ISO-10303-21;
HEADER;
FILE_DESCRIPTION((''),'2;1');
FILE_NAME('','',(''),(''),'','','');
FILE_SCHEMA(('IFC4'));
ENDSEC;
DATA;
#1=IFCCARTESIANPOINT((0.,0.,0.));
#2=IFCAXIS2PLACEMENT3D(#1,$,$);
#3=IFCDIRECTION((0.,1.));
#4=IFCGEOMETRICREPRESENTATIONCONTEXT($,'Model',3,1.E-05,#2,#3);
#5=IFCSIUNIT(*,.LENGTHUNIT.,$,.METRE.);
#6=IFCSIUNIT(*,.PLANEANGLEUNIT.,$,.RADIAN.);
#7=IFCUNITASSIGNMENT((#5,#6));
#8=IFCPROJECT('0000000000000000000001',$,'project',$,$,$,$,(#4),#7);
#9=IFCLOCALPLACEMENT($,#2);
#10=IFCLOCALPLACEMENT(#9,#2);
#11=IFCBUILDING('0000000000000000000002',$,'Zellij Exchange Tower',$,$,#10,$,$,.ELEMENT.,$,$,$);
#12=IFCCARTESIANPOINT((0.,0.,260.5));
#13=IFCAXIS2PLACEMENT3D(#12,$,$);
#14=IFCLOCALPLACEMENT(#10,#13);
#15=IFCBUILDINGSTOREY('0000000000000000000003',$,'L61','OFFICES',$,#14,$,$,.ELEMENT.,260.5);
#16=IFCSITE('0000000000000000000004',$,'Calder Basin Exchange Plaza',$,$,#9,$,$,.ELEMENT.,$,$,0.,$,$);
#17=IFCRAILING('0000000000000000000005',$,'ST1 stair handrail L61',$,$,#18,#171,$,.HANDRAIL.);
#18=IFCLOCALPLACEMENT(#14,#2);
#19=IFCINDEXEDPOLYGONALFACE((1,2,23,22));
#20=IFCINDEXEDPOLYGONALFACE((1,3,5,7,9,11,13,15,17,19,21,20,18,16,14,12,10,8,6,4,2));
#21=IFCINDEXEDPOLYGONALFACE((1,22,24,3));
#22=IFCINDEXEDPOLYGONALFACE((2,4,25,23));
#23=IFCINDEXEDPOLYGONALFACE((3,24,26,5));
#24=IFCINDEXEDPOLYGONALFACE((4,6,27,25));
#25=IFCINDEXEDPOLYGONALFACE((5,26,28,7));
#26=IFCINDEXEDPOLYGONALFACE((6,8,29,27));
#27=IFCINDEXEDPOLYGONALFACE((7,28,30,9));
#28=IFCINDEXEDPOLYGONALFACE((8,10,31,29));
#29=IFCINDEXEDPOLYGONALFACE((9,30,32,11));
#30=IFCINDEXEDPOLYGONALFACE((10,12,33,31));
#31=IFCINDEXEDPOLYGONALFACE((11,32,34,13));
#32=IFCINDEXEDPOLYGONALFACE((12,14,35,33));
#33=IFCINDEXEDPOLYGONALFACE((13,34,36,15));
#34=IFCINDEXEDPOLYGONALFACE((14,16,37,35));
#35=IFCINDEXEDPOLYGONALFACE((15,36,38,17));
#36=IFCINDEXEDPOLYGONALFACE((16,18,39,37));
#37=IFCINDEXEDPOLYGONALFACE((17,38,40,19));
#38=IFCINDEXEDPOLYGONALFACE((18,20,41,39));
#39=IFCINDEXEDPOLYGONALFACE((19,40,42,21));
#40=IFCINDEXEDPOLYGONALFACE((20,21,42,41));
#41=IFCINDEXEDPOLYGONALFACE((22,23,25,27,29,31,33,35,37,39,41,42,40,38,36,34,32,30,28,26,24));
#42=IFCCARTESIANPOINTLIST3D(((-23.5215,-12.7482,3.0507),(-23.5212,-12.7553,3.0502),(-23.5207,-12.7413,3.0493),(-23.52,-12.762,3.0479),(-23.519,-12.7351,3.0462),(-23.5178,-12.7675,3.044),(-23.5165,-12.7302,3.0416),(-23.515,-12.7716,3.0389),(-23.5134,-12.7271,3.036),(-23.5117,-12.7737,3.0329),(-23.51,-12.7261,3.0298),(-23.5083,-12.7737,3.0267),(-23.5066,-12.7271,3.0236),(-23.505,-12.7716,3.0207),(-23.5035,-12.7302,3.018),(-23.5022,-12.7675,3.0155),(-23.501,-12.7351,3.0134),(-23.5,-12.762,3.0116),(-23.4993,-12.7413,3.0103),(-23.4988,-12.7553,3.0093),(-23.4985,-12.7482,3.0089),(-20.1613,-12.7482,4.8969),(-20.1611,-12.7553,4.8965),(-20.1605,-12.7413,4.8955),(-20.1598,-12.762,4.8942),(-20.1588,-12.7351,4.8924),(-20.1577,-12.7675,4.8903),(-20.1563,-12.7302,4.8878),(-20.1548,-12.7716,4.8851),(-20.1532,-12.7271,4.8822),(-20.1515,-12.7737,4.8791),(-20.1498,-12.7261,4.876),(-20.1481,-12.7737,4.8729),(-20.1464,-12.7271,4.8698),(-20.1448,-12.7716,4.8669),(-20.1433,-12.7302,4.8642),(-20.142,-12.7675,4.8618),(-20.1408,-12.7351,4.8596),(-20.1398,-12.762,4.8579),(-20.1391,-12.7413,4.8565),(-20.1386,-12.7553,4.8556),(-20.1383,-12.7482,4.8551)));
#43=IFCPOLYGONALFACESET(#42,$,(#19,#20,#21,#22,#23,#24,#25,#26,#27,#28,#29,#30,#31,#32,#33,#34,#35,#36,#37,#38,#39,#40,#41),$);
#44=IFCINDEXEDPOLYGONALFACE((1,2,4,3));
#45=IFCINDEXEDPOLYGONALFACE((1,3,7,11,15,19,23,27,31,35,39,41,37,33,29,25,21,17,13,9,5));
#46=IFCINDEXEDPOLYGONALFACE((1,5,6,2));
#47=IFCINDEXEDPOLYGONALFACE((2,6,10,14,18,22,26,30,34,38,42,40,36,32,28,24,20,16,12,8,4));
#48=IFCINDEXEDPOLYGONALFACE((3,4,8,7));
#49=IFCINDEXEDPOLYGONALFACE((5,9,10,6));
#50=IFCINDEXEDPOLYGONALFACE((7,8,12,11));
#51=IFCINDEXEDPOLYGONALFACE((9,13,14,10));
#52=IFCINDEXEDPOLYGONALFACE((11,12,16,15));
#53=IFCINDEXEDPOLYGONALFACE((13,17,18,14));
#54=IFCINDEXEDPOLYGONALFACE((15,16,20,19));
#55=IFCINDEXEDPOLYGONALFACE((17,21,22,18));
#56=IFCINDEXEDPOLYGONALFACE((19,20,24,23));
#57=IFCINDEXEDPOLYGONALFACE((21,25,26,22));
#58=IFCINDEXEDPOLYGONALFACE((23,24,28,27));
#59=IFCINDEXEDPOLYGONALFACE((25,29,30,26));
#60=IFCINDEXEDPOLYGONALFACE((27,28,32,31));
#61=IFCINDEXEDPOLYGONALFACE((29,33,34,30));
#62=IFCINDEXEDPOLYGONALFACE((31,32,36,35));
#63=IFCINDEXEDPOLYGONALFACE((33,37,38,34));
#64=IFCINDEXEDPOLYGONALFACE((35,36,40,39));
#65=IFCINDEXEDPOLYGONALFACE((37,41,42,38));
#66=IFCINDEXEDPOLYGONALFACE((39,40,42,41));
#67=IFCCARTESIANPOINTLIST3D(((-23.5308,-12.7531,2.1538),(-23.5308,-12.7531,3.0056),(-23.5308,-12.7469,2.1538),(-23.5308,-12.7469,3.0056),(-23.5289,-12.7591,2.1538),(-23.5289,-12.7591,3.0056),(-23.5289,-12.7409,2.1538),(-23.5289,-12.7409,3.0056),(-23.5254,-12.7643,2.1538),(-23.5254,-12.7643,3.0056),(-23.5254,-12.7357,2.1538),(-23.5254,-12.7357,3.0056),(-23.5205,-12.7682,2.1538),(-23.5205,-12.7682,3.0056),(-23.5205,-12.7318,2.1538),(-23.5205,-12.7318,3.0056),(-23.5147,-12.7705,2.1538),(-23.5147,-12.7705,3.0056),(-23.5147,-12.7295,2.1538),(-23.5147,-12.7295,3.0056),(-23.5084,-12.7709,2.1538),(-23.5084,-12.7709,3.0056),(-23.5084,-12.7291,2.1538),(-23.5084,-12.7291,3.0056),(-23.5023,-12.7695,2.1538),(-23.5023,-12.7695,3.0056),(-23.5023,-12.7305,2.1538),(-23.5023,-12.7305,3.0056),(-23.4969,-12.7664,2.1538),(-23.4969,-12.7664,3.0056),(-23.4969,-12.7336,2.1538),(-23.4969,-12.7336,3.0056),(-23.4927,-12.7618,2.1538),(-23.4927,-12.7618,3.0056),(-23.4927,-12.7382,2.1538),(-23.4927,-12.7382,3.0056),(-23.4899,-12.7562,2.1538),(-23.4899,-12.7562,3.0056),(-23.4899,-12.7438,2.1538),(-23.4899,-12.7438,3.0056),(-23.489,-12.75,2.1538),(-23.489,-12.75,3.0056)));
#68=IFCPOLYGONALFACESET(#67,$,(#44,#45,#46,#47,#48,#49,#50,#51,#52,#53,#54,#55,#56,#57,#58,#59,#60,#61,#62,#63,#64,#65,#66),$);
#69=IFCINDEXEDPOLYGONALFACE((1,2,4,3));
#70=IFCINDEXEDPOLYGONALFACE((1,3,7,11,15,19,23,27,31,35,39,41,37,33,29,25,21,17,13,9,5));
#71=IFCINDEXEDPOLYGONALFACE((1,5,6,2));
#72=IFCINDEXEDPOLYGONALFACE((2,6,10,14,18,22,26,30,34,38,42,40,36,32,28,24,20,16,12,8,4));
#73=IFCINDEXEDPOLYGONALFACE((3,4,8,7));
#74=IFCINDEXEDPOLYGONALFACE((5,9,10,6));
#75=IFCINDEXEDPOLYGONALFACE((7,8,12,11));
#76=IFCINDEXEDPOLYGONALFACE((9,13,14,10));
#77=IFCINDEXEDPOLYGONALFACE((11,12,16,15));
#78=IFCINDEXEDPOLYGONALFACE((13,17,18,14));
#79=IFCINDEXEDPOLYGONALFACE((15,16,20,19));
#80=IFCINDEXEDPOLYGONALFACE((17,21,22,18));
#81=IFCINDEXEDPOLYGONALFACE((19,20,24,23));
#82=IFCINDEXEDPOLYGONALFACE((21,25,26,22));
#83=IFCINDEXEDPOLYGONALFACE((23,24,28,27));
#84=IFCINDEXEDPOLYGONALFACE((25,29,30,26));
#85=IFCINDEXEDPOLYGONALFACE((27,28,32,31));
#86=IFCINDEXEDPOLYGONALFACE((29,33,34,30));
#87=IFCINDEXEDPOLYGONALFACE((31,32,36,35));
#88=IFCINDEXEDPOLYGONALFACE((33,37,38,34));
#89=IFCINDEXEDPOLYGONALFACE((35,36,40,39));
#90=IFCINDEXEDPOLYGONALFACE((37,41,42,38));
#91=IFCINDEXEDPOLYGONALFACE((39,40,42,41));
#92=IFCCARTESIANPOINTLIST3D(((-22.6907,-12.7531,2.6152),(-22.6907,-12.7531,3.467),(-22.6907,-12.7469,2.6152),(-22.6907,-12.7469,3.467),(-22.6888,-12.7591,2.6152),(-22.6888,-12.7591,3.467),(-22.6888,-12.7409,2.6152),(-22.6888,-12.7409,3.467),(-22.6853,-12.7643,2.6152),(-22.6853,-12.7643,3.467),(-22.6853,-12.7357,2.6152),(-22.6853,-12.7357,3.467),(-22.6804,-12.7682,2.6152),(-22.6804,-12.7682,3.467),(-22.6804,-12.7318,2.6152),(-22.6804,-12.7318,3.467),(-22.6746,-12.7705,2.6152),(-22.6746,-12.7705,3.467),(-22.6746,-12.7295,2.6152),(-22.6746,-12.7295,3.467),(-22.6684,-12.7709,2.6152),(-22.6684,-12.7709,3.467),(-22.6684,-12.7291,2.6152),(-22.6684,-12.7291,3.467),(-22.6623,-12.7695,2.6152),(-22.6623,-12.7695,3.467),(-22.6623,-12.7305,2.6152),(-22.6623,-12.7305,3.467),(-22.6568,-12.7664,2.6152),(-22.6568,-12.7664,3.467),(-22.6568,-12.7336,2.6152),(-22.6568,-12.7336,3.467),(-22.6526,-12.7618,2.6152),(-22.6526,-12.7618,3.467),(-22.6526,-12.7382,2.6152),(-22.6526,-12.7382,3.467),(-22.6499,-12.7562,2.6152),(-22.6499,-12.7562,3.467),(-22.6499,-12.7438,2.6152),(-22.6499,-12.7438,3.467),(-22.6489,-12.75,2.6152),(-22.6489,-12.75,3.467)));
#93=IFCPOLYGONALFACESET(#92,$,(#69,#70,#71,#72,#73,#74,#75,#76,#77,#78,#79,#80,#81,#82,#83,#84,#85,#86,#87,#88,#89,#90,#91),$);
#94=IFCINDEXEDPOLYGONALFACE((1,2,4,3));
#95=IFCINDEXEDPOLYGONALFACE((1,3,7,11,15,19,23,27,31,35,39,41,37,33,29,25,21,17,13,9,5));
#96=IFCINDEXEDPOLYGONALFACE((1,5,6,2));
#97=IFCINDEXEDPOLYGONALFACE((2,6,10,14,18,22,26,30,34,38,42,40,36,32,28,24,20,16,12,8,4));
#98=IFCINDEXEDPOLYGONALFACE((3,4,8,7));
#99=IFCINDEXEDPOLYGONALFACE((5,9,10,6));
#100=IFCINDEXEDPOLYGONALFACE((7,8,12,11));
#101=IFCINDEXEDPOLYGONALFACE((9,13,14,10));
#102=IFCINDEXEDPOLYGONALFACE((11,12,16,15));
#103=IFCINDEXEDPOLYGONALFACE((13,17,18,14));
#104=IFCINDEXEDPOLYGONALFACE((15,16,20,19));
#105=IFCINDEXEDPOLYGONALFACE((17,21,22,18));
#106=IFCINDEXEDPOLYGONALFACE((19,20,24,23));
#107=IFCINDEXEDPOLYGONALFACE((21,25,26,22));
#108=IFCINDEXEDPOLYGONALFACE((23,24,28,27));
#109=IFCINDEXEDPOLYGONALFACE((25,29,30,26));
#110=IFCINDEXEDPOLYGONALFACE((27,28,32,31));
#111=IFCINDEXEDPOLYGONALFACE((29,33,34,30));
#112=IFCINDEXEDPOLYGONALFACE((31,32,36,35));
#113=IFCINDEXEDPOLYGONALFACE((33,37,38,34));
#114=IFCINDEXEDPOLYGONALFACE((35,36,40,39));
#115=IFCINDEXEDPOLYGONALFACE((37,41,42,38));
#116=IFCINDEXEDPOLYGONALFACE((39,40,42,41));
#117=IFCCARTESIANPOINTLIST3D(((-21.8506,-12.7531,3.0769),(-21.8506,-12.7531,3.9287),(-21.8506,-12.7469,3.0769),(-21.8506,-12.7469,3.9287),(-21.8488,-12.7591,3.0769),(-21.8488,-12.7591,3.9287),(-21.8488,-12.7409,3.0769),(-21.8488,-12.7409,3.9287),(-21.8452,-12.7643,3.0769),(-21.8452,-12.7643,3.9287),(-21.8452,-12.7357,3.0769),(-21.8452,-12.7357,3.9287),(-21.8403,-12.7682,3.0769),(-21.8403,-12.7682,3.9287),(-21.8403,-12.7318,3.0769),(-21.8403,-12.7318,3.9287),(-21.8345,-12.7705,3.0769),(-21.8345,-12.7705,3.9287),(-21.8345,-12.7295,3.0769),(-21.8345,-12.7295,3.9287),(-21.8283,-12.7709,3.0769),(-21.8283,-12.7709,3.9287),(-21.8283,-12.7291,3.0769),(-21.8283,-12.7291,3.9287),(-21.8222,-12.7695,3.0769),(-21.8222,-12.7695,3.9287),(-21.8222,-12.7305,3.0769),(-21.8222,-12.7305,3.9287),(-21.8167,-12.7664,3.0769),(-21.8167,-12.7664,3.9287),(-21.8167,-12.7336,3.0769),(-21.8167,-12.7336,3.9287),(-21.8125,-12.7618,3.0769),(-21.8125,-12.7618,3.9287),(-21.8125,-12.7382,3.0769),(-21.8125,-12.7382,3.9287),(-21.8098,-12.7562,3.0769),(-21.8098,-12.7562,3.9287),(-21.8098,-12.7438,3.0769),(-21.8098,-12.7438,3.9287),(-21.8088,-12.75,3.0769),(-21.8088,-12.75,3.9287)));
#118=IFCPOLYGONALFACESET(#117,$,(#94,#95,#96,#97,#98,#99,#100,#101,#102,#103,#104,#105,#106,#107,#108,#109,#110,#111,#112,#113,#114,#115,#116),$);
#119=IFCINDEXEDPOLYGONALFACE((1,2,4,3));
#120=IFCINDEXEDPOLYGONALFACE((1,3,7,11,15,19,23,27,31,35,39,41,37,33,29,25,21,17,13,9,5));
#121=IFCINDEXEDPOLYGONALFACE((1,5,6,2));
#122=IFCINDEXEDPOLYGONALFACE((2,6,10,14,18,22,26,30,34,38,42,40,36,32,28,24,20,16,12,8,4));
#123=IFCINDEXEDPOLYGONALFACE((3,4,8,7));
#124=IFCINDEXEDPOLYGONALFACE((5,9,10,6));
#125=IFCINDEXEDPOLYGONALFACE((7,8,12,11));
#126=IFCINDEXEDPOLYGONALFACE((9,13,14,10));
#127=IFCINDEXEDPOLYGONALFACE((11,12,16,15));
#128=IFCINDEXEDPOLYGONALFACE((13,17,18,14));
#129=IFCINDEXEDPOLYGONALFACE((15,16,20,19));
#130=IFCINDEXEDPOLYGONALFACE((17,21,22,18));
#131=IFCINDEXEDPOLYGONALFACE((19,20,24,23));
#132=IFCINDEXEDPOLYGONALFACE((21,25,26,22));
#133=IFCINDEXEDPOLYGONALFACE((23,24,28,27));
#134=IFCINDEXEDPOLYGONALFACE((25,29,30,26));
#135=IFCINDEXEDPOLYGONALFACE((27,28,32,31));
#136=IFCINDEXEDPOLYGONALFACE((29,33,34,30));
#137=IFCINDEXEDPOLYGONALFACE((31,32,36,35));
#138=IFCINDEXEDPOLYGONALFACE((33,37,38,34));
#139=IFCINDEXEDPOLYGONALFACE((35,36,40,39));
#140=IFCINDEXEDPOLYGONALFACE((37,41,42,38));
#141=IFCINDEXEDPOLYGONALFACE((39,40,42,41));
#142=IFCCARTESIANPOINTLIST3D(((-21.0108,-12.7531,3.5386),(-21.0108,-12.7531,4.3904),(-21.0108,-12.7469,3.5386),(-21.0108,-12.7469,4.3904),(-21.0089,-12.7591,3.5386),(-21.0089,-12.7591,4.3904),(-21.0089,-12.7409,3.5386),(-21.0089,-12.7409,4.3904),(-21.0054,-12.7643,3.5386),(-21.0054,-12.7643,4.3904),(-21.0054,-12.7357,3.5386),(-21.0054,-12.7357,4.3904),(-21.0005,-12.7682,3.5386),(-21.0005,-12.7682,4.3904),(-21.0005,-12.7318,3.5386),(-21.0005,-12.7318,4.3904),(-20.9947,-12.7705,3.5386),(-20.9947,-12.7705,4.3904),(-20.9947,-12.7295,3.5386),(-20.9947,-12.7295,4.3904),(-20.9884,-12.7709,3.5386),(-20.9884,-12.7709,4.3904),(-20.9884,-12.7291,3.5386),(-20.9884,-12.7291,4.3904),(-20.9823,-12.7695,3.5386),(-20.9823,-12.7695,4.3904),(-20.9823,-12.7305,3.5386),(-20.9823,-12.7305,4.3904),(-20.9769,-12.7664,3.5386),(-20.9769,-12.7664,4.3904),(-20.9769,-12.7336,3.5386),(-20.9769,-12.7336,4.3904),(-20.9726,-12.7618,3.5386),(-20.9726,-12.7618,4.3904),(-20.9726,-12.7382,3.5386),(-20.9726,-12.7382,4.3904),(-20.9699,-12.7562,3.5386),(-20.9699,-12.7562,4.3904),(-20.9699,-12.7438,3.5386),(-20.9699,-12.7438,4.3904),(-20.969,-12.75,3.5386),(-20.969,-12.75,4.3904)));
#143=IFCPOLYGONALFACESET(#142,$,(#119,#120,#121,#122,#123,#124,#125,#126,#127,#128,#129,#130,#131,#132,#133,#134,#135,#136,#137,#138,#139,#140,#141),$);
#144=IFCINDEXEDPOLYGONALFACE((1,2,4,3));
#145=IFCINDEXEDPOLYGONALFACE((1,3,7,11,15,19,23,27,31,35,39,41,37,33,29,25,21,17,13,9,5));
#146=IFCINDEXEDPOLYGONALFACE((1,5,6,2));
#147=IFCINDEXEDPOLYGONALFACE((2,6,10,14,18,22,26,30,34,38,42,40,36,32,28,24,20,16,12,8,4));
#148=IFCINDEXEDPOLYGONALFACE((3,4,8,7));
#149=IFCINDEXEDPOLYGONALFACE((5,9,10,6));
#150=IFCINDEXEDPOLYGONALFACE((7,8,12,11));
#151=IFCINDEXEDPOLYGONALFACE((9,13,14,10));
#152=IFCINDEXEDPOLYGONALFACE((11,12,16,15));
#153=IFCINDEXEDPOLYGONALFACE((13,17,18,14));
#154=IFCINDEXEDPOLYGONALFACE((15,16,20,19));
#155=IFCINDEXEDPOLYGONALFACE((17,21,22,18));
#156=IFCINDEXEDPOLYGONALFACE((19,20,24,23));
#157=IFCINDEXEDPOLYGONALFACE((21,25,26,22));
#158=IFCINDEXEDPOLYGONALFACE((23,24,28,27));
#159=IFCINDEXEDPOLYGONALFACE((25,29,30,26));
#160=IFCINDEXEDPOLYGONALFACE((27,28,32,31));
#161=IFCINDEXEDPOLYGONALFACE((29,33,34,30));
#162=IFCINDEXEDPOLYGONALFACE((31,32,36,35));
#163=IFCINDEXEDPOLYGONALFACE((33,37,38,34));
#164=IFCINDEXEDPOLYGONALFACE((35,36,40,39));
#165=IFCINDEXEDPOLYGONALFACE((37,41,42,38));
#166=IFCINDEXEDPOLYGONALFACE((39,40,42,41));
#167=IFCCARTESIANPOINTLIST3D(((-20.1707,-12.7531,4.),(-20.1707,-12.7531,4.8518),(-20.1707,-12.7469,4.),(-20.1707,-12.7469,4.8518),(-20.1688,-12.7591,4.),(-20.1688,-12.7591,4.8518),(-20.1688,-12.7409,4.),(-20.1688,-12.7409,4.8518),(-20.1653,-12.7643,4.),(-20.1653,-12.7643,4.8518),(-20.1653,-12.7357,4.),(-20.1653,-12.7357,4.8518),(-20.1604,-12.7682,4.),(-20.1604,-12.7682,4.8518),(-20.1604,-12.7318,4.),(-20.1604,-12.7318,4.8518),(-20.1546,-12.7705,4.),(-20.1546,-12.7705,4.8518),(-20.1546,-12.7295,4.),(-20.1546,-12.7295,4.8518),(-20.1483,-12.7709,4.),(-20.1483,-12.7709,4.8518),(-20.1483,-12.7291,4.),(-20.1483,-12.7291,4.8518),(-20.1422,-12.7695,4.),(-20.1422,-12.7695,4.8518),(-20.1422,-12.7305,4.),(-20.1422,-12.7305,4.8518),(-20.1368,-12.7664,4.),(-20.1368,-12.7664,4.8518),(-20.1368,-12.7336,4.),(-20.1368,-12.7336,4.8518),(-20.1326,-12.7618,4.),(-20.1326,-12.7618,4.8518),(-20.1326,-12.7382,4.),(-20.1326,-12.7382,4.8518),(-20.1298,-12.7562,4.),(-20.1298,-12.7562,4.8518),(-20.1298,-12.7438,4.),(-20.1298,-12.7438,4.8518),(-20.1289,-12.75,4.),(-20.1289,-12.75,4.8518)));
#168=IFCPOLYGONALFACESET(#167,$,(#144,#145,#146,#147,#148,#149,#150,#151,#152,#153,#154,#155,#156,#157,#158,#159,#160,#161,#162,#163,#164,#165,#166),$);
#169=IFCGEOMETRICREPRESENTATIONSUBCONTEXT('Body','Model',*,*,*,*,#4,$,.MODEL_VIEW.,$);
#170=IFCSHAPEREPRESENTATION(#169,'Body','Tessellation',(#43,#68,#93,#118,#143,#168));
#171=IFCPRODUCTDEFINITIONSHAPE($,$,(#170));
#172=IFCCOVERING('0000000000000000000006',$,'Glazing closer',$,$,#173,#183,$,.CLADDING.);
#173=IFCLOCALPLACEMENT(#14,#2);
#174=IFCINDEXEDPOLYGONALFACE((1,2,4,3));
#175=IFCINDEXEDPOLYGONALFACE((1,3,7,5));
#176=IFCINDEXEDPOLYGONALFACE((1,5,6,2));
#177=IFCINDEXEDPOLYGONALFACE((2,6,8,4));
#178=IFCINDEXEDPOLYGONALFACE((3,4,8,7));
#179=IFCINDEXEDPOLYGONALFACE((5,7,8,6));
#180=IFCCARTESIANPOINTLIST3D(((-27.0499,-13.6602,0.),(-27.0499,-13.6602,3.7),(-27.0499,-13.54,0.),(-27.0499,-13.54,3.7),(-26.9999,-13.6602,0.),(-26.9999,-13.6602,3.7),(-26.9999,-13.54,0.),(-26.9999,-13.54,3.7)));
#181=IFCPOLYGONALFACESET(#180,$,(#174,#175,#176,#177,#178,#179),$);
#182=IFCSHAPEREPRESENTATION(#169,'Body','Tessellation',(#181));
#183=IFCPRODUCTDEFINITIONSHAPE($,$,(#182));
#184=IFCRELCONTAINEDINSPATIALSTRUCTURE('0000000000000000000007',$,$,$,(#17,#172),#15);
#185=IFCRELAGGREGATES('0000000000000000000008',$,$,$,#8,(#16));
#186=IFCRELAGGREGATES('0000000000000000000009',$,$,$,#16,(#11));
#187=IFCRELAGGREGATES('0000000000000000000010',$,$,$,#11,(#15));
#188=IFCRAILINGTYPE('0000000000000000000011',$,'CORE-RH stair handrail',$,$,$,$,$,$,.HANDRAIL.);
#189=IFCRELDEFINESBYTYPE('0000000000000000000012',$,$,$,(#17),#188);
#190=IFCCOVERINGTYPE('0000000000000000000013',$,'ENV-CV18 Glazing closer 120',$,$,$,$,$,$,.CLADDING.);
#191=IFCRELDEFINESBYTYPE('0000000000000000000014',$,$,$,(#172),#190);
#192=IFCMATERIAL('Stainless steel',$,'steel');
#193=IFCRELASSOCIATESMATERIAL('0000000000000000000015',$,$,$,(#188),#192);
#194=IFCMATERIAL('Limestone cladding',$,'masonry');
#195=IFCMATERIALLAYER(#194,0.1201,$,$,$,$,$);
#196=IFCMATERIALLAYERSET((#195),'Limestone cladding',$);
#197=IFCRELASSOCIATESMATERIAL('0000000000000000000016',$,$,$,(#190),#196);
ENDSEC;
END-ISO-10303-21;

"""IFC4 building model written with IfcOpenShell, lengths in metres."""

from ifc_helpers import new_model, si_unit, direction, frame, origin, origin_2d, place, context, subcontext, project, spatial, rectangle, circle, extrude, material, layer, layer_set, type_object, element, save


model = new_model("IFC4")

# Units and contexts
model_context = context("Model", 3, precision=1e-05, world=origin(), true_north=direction((0.0, 1.0)))
body_context = subcontext(model_context, "Body", "Model", "MODEL_VIEW")
ifc_project = project(units=[si_unit("LENGTHUNIT", "METRE"), si_unit("PLANEANGLEUNIT", "RADIAN")], contexts=[model_context])

# Site, building, storey
site_placement = place(None, origin())
site = spatial("IfcSite", under=ifc_project, at=site_placement, Name="Calder Basin Exchange Plaza", CompositionType="ELEMENT", RefElevation=0.0)
building_placement = place(site_placement, origin())
building = spatial("IfcBuilding", under=site, at=building_placement, Name="Zellij Exchange Tower", CompositionType="ELEMENT")
storey_placement = place(building_placement, frame((0.0, 0.0, 260.5)))
storey = spatial("IfcBuildingStorey", under=building, at=storey_placement, Name="L61", Description="OFFICES", CompositionType="ELEMENT", Elevation=260.5)

# Railing
ifc_material_1 = material(Name="Stainless steel", Category="steel")
railing_type = type_object("IfcRailingType", Name="CORE-RH stair handrail", PredefinedType="HANDRAIL", material=ifc_material_1)
railing_placement = place(storey_placement, frame((-23.51, -12.75, 2.1538)))
element("IfcRailing", 1, at=railing_placement, inside=storey, type_object=railing_type, Name="ST1 stair handrail L61", PredefinedType="HANDRAIL", context=body_context, shape_type="SweptSolid", body=[
    extrude(circle(Radius=0.0239, at=origin_2d()), frame((0.0, 0.0, 0.876), z_axis=(0.876422, 0.0, 0.481545), x_axis=(0.0, 1.0, 0.0)), (0.0, 0.0, 1.0), 3.834),
    extrude(circle(Radius=0.021, at=origin_2d()), origin(), (0.0, 0.0, 1.0), 0.8518),
    extrude(circle(Radius=0.021, at=origin_2d()), frame((0.8401, 0.0, 0.4614)), (0.0, 0.0, 1.0), 0.8518),
    extrude(circle(Radius=0.021, at=origin_2d()), frame((1.6802, 0.0, 0.9231)), (0.0, 0.0, 1.0), 0.8518),
    extrude(circle(Radius=0.021, at=origin_2d()), frame((2.52, 0.0, 1.3848)), (0.0, 0.0, 1.0), 0.8518),
    extrude(circle(Radius=0.021, at=origin_2d()), frame((3.3601, 0.0, 1.8462)), (0.0, 0.0, 1.0), 0.8518),
])

# Covering
ifc_material_2 = material(Name="Limestone cladding", Category="masonry")
ifc_layer_1 = layer(ifc_material_2, 0.1201)
ifc_layer_set_1 = layer_set([ifc_layer_1], Name="Limestone cladding")
covering_type = type_object("IfcCoveringType", Name="ENV-CV18 Glazing closer 120", PredefinedType="CLADDING", material=ifc_layer_set_1)
covering_placement = place(storey_placement, frame((-27.0249, -13.6001, 0.0), z_axis=(0.0, 0.0, 1.0), x_axis=(1.0, 0.0, 0.0)))
element("IfcCovering", 2, at=covering_placement, inside=storey, type_object=covering_type, Name="Glazing closer", PredefinedType="CLADDING", context=body_context, shape_type="SweptSolid", body=[
    extrude(rectangle(XDim=0.05, YDim=0.1201, at=origin_2d()), origin(), (0.0, 0.0, 1.0), 3.7),
])

save(model, "model.ifc")
